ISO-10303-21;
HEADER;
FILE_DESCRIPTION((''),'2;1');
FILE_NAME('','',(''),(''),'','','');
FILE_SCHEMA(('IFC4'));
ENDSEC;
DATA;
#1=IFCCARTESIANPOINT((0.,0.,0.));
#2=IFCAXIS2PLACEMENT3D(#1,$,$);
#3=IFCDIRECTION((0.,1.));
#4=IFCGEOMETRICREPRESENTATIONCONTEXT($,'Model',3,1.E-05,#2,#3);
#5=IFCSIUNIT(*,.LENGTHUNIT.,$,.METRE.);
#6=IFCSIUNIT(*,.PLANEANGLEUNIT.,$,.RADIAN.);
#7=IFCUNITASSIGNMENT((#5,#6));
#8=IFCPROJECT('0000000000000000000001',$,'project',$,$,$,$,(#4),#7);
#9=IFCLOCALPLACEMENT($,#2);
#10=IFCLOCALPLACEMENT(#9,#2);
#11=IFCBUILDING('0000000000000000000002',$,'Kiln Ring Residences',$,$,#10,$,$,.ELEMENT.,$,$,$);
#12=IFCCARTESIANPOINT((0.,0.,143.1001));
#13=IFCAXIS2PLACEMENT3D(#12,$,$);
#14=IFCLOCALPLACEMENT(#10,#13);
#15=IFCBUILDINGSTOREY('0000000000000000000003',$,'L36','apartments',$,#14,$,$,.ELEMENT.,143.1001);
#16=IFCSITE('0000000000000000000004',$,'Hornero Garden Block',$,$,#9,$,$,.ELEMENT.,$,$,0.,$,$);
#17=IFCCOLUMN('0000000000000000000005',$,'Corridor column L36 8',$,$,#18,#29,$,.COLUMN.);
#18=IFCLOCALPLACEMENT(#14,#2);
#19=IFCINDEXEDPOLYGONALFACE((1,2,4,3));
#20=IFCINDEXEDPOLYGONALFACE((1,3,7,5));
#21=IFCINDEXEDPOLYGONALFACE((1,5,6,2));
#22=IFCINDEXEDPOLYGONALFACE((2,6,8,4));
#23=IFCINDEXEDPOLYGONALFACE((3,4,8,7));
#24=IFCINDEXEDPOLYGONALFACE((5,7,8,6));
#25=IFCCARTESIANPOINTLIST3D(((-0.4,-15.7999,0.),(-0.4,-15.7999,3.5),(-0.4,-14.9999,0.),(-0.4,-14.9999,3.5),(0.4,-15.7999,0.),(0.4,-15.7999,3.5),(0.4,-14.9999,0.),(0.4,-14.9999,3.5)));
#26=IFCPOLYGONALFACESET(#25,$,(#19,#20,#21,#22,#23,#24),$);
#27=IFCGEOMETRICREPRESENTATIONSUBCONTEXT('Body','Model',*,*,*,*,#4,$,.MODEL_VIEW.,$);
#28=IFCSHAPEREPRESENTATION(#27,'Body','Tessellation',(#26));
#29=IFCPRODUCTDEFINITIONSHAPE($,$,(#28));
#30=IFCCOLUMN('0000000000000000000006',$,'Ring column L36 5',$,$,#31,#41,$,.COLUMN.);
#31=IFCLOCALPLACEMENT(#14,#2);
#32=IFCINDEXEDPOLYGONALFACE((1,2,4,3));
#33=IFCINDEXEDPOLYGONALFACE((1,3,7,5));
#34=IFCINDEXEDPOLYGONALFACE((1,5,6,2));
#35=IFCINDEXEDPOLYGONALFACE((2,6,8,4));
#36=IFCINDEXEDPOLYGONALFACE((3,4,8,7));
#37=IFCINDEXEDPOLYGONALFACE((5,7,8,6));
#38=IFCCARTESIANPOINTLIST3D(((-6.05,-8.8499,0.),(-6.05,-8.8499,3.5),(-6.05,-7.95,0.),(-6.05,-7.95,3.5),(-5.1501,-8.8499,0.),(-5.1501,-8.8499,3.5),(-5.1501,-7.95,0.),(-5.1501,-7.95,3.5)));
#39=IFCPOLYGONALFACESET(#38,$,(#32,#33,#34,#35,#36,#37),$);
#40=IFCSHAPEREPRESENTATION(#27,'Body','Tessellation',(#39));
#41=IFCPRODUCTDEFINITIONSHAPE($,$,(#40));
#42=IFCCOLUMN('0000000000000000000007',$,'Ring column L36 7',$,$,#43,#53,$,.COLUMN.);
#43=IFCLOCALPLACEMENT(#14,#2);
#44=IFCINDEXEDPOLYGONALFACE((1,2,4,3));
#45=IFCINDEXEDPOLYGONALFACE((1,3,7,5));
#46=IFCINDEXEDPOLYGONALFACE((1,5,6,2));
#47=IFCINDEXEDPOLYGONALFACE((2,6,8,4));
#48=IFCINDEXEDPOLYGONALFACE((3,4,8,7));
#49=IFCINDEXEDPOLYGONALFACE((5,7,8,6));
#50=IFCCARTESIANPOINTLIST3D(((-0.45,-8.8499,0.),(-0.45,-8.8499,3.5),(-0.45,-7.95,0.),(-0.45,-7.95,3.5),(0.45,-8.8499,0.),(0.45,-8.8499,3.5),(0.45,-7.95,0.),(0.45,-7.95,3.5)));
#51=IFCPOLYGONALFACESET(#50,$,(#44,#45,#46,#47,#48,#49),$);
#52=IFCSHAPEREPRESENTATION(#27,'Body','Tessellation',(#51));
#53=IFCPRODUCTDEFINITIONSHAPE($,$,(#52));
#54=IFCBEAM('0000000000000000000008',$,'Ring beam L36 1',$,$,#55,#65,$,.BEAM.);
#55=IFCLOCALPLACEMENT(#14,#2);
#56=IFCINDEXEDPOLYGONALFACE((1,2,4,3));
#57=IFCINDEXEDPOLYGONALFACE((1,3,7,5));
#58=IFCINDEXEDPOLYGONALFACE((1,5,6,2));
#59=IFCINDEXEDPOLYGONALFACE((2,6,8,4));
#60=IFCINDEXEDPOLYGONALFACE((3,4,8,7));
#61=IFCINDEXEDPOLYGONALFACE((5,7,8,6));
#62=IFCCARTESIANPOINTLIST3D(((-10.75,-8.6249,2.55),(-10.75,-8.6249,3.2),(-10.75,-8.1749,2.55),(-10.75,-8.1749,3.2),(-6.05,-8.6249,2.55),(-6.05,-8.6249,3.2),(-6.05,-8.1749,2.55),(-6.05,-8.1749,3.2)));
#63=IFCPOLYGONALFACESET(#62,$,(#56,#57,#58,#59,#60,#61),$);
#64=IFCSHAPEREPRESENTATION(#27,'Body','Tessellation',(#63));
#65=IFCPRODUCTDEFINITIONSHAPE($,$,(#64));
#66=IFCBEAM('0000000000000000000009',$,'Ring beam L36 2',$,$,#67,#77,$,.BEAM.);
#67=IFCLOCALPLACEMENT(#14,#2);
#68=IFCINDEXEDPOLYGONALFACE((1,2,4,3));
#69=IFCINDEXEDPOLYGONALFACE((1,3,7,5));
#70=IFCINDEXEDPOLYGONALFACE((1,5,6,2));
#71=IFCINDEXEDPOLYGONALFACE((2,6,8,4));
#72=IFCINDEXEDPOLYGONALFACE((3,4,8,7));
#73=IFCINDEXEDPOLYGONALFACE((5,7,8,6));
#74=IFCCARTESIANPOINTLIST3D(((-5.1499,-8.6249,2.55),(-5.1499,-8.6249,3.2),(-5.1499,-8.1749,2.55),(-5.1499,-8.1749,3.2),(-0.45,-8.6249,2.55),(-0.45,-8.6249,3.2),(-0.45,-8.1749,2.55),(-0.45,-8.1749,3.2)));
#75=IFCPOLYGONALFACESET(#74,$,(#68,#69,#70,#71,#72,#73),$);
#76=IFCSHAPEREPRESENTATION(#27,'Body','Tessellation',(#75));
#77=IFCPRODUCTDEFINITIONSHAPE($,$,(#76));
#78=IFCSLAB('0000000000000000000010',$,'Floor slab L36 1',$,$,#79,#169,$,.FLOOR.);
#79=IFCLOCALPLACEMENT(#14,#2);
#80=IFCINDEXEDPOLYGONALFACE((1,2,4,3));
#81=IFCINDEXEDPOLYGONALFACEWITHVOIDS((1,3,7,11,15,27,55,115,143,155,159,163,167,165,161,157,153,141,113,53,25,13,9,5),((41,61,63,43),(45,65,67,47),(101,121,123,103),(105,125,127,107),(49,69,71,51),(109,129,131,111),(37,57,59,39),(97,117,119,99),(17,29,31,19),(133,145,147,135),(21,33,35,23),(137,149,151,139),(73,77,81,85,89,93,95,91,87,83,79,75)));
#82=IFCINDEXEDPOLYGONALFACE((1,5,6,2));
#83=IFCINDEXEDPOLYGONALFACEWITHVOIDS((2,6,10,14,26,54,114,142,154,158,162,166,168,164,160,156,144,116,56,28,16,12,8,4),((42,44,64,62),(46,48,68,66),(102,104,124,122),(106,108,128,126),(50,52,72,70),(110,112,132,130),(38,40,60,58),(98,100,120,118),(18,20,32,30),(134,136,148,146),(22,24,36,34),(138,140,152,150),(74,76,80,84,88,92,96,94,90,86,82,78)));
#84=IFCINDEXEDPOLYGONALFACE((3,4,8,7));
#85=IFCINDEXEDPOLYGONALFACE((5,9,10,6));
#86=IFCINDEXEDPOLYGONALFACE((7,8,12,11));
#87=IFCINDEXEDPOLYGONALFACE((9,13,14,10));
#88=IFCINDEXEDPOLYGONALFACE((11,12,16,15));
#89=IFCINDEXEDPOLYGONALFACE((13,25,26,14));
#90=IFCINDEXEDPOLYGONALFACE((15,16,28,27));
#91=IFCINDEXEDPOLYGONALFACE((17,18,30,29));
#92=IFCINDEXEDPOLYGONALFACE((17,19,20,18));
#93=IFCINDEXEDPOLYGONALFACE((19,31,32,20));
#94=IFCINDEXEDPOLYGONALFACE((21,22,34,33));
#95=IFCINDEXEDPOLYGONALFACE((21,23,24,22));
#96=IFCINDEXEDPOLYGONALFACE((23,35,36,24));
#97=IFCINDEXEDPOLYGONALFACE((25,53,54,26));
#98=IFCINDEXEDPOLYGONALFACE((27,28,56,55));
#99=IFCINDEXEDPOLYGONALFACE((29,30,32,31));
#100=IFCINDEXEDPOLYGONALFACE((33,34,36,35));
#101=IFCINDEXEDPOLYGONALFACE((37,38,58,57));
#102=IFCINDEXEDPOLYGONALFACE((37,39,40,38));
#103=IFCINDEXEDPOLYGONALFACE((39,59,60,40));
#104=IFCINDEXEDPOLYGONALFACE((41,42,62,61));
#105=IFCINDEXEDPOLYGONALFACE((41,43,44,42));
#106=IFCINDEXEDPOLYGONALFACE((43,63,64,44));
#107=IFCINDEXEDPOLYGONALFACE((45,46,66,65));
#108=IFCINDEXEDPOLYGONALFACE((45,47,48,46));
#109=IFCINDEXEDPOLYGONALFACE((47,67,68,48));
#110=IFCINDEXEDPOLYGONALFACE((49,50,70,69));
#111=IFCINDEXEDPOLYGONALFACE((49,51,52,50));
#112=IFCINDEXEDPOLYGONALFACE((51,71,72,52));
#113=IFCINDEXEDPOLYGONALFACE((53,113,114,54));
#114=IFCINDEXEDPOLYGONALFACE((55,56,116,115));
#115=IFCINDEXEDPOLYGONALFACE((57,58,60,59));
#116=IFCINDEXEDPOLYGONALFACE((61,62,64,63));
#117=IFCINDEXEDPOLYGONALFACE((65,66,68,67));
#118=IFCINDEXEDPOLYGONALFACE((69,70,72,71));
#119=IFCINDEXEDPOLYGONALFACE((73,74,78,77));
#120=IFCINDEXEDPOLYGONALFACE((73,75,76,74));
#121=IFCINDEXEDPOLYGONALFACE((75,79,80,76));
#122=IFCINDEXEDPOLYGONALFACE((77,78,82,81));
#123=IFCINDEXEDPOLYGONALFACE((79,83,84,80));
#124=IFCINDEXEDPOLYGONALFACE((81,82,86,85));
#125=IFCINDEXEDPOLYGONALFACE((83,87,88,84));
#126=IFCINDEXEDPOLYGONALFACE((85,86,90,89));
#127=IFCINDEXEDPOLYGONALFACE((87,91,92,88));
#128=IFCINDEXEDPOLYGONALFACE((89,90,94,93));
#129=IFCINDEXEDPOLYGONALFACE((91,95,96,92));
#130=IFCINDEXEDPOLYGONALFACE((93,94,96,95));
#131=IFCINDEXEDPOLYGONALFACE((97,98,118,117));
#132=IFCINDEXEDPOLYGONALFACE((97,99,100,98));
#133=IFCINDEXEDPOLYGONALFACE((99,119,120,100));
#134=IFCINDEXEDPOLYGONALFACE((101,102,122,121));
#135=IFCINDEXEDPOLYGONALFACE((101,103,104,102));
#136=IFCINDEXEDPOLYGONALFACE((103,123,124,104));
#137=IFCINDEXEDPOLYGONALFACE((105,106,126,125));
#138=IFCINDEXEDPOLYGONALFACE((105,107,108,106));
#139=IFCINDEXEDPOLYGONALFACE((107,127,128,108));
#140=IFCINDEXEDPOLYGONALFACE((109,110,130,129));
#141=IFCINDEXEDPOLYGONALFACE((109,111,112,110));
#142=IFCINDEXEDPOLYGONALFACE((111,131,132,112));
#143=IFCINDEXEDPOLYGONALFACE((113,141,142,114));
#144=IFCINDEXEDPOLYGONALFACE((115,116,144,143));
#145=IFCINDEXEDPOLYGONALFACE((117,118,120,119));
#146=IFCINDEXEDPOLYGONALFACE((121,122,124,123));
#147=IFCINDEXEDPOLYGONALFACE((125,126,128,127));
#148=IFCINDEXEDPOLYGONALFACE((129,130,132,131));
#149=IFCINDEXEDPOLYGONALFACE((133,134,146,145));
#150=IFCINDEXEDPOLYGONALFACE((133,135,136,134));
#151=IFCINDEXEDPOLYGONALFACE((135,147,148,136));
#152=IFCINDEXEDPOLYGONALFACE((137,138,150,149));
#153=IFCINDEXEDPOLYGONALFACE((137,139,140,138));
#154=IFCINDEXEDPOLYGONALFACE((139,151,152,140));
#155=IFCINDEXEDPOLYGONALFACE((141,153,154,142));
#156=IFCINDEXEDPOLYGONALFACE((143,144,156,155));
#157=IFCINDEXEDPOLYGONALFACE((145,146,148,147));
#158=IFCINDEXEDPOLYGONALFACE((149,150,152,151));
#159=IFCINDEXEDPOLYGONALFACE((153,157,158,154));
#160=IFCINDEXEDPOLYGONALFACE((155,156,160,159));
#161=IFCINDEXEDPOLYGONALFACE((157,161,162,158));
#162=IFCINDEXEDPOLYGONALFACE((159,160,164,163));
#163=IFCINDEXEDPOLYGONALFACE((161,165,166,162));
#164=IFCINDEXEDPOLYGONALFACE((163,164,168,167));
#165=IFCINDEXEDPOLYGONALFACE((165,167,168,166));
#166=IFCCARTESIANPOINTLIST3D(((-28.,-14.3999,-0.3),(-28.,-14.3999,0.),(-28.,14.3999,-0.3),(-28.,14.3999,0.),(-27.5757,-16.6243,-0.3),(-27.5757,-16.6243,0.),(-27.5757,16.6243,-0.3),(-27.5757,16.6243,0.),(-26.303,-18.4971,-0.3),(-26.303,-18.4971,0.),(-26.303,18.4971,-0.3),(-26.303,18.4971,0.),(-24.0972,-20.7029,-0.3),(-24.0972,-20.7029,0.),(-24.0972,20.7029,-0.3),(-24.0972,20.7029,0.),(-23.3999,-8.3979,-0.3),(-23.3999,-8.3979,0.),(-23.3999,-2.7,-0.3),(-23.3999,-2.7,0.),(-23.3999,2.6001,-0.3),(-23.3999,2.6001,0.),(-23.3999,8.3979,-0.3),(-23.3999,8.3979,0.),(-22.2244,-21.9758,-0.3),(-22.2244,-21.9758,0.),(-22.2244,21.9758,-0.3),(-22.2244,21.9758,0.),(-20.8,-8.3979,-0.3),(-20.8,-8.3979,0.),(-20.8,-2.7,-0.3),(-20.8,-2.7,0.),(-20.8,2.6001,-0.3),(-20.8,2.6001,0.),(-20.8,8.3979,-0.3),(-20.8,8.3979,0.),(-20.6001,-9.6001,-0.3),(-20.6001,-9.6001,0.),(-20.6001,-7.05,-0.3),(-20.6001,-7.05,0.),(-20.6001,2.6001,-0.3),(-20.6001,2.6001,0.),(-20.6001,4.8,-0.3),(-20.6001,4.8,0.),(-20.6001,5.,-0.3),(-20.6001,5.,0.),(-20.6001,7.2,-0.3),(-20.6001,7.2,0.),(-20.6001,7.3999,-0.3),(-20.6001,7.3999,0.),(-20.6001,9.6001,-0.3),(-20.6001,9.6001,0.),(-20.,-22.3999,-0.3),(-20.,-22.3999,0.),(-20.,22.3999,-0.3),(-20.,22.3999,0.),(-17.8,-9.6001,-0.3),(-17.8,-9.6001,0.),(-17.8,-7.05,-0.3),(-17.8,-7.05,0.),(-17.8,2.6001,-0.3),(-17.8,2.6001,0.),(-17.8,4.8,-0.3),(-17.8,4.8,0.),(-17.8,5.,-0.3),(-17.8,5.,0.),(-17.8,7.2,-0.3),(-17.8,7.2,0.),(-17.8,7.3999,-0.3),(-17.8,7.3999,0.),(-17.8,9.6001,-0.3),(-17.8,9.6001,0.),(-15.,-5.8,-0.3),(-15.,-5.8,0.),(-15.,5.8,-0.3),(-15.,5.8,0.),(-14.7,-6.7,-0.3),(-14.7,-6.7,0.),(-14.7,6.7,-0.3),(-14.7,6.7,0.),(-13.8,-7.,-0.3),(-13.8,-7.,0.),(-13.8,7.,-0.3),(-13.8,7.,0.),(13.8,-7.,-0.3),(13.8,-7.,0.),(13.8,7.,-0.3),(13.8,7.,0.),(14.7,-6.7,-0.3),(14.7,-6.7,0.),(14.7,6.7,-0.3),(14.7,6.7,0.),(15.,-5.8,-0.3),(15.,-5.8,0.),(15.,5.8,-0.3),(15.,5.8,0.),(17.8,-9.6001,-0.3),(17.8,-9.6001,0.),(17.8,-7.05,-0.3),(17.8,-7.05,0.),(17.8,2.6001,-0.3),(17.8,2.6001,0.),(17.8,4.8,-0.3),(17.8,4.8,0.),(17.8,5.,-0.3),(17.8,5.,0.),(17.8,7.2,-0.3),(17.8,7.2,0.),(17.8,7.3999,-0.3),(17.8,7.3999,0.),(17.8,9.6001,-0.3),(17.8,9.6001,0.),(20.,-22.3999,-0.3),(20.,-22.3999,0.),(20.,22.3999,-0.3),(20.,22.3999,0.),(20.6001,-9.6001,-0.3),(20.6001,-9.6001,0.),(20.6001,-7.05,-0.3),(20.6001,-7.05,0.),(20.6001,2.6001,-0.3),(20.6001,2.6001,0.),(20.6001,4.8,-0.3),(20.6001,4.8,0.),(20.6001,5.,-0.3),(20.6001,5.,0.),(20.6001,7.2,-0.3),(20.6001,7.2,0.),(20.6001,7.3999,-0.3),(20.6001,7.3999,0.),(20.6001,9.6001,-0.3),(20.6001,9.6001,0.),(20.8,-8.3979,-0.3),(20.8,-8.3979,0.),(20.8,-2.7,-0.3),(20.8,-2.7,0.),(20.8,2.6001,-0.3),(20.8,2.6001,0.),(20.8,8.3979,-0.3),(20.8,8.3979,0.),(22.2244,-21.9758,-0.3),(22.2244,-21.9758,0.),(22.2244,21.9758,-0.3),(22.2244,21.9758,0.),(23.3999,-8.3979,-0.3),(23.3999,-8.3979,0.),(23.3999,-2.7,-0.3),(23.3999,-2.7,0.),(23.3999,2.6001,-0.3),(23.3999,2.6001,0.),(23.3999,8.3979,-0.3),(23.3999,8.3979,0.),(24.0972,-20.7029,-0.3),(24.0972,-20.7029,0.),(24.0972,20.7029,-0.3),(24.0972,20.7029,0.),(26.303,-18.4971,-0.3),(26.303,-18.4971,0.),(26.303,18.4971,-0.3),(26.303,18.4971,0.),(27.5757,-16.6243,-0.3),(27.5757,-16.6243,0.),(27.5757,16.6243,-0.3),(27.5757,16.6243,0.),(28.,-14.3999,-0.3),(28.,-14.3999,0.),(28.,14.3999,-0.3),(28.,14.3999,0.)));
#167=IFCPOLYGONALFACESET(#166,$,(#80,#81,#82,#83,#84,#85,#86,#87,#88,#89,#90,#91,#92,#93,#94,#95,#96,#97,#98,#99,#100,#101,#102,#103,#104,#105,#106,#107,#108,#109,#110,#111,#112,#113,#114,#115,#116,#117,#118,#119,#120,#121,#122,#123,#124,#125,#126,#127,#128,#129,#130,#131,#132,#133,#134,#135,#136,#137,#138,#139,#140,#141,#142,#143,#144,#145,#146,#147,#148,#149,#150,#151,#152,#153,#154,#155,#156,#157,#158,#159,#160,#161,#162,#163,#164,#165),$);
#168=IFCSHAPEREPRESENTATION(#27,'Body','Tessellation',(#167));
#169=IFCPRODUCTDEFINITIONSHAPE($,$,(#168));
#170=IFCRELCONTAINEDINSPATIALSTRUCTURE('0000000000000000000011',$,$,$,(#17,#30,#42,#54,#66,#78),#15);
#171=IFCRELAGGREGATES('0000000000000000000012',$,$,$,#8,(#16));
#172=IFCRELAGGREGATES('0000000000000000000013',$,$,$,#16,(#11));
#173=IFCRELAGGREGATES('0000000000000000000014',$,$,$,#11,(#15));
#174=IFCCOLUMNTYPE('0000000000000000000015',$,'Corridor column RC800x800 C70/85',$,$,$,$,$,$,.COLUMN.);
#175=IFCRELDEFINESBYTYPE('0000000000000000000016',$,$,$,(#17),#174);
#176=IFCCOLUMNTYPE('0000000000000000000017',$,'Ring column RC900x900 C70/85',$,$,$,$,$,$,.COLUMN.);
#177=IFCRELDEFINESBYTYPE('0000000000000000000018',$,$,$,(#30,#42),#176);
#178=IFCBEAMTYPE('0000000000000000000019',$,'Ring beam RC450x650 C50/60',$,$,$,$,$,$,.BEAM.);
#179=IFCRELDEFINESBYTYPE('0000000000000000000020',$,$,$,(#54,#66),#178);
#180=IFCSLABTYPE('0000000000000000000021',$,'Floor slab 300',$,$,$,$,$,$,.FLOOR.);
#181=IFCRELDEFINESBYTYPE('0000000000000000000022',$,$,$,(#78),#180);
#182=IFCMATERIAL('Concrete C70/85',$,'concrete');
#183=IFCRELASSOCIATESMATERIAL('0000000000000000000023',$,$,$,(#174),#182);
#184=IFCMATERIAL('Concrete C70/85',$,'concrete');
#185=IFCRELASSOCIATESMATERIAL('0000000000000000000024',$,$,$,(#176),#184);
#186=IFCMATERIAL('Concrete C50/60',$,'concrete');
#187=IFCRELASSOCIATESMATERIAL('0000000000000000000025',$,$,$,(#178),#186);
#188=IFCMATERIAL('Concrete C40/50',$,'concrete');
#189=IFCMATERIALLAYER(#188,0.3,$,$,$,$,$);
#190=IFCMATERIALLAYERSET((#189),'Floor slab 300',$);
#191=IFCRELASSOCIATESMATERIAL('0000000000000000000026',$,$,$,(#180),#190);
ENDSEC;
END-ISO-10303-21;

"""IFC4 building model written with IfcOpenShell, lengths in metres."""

from ifc_helpers import new_model, si_unit, direction, frame, origin, origin_2d, place, context, subcontext, project, spatial, polyline, rectangle, outline, extrude, material, layer, layer_set, material_profile, profile_set, type_object, element, save


model = new_model("IFC4")

# Units and contexts
model_context = context("Model", 3, precision=1e-05, world=origin(), true_north=direction((0.0, 1.0)))
body_context = subcontext(model_context, "Body", "Model", "MODEL_VIEW")
ifc_project = project(units=[si_unit("LENGTHUNIT", "METRE"), si_unit("PLANEANGLEUNIT", "RADIAN")], contexts=[model_context])

# Site, building, storey
site_placement = place(None, origin())
site = spatial("IfcSite", under=ifc_project, at=site_placement, Name="Hornero Garden Block", CompositionType="ELEMENT", RefElevation=0.0)
building_placement = place(site_placement, origin())
building = spatial("IfcBuilding", under=site, at=building_placement, Name="Kiln Ring Residences", CompositionType="ELEMENT")
storey_placement = place(building_placement, frame((0.0, 0.0, 143.1001)))
storey = spatial("IfcBuildingStorey", under=building, at=storey_placement, Name="L36", Description="apartments", CompositionType="ELEMENT", Elevation=143.1001)

# Columns
ifc_material_1 = material(Name="Concrete C70/85", Category="concrete")
ifc_material_profile_1 = material_profile(ifc_material_1, rectangle(XDim=0.8, YDim=0.8, at=origin_2d()), Name="RC800x800")
ifc_profile_set_1 = profile_set([ifc_material_profile_1], Name="Concrete C70/85")
column_type_1 = type_object("IfcColumnType", Name="Corridor column RC800x800 C70/85", PredefinedType="COLUMN", material=ifc_profile_set_1)
column_placement = place(storey_placement, frame((0.0, -15.3999, 0.0), z_axis=(0.0, 0.0, 1.0), x_axis=(1.0, 0.0, 0.0)))
element("IfcColumn", 1, at=column_placement, inside=storey, type_object=column_type_1, Name="Corridor column L36 8", PredefinedType="COLUMN", context=body_context, shape_type="SweptSolid", body=[
    extrude(rectangle(XDim=0.8, YDim=0.8, at=origin_2d()), origin(), (0.0, 0.0, 1.0), 3.5),
])
ifc_material_2 = material(Name="Concrete C70/85", Category="concrete")
ifc_material_profile_2 = material_profile(ifc_material_2, rectangle(XDim=0.8999, YDim=0.8999, at=origin_2d()), Name="RC900x900")
ifc_profile_set_2 = profile_set([ifc_material_profile_2], Name="Concrete C70/85")
column_type_2 = type_object("IfcColumnType", Name="Ring column RC900x900 C70/85", PredefinedType="COLUMN", material=ifc_profile_set_2)
for number, where, z_axis, x_axis, name in (
    (2, (-5.6001, -8.3999, 0.0), (0.0, 0.0, 1.0), (1.0, 0.0, 0.0), "Ring column L36 5"),
    (3, (0.0, -8.3999, 0.0), (0.0, 0.0, 1.0), (1.0, 0.0, 0.0), "Ring column L36 7"),
):
    element("IfcColumn", number, at=place(storey_placement, frame(where, z_axis=z_axis, x_axis=x_axis)), inside=storey, type_object=column_type_2, Name=name, PredefinedType="COLUMN", context=body_context, shape_type="SweptSolid", body=[
        extrude(rectangle(XDim=0.8999, YDim=0.8999, at=origin_2d()), origin(), (0.0, 0.0, 1.0), 3.5),
    ])

# Beams
ifc_material_3 = material(Name="Concrete C50/60", Category="concrete")
ifc_material_profile_3 = material_profile(ifc_material_3, rectangle(XDim=0.45, YDim=0.6499, at=origin_2d()), Name="RC450x650")
ifc_profile_set_3 = profile_set([ifc_material_profile_3], Name="Concrete C50/60")
beam_type = type_object("IfcBeamType", Name="Ring beam RC450x650 C50/60", PredefinedType="BEAM", material=ifc_profile_set_3)
for number, where, z_axis, x_axis, name in (
    (4, (-10.75, -8.3999, 2.875), (1.0, 0.0, 0.0), (0.0, 1.0, 0.0), "Ring beam L36 1"),
    (5, (-5.1499, -8.3999, 2.875), (1.0, 0.0, 0.0), (0.0, 1.0, 0.0), "Ring beam L36 2"),
):
    element("IfcBeam", number, at=place(storey_placement, frame(where, z_axis=z_axis, x_axis=x_axis)), inside=storey, type_object=beam_type, Name=name, PredefinedType="BEAM", context=body_context, shape_type="SweptSolid", body=[
        extrude(rectangle(XDim=0.45, YDim=0.6499, at=origin_2d()), origin(), (0.0, 0.0, 1.0), 4.7),
    ])

# Slab
ifc_material_4 = material(Name="Concrete C40/50", Category="concrete")
ifc_layer_1 = layer(ifc_material_4, 0.3)
ifc_layer_set_1 = layer_set([ifc_layer_1], Name="Floor slab 300")
slab_type = type_object("IfcSlabType", Name="Floor slab 300", PredefinedType="FLOOR", material=ifc_layer_set_1)
slab_placement = place(storey_placement, frame((0.0, 0.0, -0.3)))
element("IfcSlab", 6, at=slab_placement, inside=storey, type_object=slab_type, Name="Floor slab L36 1", PredefinedType="FLOOR", context=body_context, shape_type="SweptSolid", body=[
    extrude(outline(polyline([(-26.303, -18.4971), (-24.0972, -20.7029), (-22.2244, -21.9758), (-20.0, -22.3999), (20.0, -22.3999), (22.2244, -21.9758), (24.0972, -20.7029), (26.303, -18.4971), (27.5757, -16.6243), (28.0, -14.3999), (28.0, 14.3999), (27.5757, 16.6243), (26.303, 18.4971), (24.0972, 20.7029), (22.2244, 21.9758), (20.0, 22.3999), (-20.0, 22.3999), (-22.2244, 21.9758), (-24.0972, 20.7029), (-26.303, 18.4971), (-27.5757, 16.6243), (-28.0, 14.3999), (-28.0, -14.3999), (-27.5757, -16.6243), (-26.303, -18.4971)]), holes=[polyline([(-14.7, -6.7), (-15.0, -5.8), (-15.0, 5.8), (-14.7, 6.7), (-13.8, 7.0), (13.8, 7.0), (14.7, 6.7), (15.0, 5.8), (15.0, -5.8), (14.7, -6.7), (13.8, -7.0), (-13.8, -7.0), (-14.7, -6.7)]), polyline([(20.8, -8.3979), (20.8, -2.7), (23.3999, -2.7), (23.3999, -8.3979), (20.8, -8.3979)]), polyline([(23.3999, 2.6001), (20.8, 2.6001), (20.8, 8.3979), (23.3999, 8.3979), (23.3999, 2.6001)]), polyline([(17.8, 2.6001), (17.8, 4.8), (20.6001, 4.8), (20.6001, 2.6001), (17.8, 2.6001)]), polyline([(17.8, 5.0), (17.8, 7.2), (20.6001, 7.2), (20.6001, 5.0), (17.8, 5.0)]), polyline([(17.8, 7.3999), (17.8, 9.6001), (20.6001, 9.6001), (20.6001, 7.3999), (17.8, 7.3999)]), polyline([(20.6001, -9.6001), (17.8, -9.6001), (17.8, -7.05), (20.6001, -7.05), (20.6001, -9.6001)]), polyline([(-17.8, -7.05), (-17.8, -9.6001), (-20.6001, -9.6001), (-20.6001, -7.05), (-17.8, -7.05)]), polyline([(-17.8, 2.6001), (-20.6001, 2.6001), (-20.6001, 4.8), (-17.8, 4.8), (-17.8, 2.6001)]), polyline([(-17.8, 5.0), (-20.6001, 5.0), (-20.6001, 7.2), (-17.8, 7.2), (-17.8, 5.0)]), polyline([(-17.8, 7.3999), (-20.6001, 7.3999), (-20.6001, 9.6001), (-17.8, 9.6001), (-17.8, 7.3999)]), polyline([(-20.8, -8.3979), (-23.3999, -8.3979), (-23.3999, -2.7), (-20.8, -2.7), (-20.8, -8.3979)]), polyline([(-20.8, 8.3979), (-20.8, 2.6001), (-23.3999, 2.6001), (-23.3999, 8.3979), (-20.8, 8.3979)])]), origin(), (0.0, 0.0, 1.0), 0.3),
])

save(model, "model.ifc")
